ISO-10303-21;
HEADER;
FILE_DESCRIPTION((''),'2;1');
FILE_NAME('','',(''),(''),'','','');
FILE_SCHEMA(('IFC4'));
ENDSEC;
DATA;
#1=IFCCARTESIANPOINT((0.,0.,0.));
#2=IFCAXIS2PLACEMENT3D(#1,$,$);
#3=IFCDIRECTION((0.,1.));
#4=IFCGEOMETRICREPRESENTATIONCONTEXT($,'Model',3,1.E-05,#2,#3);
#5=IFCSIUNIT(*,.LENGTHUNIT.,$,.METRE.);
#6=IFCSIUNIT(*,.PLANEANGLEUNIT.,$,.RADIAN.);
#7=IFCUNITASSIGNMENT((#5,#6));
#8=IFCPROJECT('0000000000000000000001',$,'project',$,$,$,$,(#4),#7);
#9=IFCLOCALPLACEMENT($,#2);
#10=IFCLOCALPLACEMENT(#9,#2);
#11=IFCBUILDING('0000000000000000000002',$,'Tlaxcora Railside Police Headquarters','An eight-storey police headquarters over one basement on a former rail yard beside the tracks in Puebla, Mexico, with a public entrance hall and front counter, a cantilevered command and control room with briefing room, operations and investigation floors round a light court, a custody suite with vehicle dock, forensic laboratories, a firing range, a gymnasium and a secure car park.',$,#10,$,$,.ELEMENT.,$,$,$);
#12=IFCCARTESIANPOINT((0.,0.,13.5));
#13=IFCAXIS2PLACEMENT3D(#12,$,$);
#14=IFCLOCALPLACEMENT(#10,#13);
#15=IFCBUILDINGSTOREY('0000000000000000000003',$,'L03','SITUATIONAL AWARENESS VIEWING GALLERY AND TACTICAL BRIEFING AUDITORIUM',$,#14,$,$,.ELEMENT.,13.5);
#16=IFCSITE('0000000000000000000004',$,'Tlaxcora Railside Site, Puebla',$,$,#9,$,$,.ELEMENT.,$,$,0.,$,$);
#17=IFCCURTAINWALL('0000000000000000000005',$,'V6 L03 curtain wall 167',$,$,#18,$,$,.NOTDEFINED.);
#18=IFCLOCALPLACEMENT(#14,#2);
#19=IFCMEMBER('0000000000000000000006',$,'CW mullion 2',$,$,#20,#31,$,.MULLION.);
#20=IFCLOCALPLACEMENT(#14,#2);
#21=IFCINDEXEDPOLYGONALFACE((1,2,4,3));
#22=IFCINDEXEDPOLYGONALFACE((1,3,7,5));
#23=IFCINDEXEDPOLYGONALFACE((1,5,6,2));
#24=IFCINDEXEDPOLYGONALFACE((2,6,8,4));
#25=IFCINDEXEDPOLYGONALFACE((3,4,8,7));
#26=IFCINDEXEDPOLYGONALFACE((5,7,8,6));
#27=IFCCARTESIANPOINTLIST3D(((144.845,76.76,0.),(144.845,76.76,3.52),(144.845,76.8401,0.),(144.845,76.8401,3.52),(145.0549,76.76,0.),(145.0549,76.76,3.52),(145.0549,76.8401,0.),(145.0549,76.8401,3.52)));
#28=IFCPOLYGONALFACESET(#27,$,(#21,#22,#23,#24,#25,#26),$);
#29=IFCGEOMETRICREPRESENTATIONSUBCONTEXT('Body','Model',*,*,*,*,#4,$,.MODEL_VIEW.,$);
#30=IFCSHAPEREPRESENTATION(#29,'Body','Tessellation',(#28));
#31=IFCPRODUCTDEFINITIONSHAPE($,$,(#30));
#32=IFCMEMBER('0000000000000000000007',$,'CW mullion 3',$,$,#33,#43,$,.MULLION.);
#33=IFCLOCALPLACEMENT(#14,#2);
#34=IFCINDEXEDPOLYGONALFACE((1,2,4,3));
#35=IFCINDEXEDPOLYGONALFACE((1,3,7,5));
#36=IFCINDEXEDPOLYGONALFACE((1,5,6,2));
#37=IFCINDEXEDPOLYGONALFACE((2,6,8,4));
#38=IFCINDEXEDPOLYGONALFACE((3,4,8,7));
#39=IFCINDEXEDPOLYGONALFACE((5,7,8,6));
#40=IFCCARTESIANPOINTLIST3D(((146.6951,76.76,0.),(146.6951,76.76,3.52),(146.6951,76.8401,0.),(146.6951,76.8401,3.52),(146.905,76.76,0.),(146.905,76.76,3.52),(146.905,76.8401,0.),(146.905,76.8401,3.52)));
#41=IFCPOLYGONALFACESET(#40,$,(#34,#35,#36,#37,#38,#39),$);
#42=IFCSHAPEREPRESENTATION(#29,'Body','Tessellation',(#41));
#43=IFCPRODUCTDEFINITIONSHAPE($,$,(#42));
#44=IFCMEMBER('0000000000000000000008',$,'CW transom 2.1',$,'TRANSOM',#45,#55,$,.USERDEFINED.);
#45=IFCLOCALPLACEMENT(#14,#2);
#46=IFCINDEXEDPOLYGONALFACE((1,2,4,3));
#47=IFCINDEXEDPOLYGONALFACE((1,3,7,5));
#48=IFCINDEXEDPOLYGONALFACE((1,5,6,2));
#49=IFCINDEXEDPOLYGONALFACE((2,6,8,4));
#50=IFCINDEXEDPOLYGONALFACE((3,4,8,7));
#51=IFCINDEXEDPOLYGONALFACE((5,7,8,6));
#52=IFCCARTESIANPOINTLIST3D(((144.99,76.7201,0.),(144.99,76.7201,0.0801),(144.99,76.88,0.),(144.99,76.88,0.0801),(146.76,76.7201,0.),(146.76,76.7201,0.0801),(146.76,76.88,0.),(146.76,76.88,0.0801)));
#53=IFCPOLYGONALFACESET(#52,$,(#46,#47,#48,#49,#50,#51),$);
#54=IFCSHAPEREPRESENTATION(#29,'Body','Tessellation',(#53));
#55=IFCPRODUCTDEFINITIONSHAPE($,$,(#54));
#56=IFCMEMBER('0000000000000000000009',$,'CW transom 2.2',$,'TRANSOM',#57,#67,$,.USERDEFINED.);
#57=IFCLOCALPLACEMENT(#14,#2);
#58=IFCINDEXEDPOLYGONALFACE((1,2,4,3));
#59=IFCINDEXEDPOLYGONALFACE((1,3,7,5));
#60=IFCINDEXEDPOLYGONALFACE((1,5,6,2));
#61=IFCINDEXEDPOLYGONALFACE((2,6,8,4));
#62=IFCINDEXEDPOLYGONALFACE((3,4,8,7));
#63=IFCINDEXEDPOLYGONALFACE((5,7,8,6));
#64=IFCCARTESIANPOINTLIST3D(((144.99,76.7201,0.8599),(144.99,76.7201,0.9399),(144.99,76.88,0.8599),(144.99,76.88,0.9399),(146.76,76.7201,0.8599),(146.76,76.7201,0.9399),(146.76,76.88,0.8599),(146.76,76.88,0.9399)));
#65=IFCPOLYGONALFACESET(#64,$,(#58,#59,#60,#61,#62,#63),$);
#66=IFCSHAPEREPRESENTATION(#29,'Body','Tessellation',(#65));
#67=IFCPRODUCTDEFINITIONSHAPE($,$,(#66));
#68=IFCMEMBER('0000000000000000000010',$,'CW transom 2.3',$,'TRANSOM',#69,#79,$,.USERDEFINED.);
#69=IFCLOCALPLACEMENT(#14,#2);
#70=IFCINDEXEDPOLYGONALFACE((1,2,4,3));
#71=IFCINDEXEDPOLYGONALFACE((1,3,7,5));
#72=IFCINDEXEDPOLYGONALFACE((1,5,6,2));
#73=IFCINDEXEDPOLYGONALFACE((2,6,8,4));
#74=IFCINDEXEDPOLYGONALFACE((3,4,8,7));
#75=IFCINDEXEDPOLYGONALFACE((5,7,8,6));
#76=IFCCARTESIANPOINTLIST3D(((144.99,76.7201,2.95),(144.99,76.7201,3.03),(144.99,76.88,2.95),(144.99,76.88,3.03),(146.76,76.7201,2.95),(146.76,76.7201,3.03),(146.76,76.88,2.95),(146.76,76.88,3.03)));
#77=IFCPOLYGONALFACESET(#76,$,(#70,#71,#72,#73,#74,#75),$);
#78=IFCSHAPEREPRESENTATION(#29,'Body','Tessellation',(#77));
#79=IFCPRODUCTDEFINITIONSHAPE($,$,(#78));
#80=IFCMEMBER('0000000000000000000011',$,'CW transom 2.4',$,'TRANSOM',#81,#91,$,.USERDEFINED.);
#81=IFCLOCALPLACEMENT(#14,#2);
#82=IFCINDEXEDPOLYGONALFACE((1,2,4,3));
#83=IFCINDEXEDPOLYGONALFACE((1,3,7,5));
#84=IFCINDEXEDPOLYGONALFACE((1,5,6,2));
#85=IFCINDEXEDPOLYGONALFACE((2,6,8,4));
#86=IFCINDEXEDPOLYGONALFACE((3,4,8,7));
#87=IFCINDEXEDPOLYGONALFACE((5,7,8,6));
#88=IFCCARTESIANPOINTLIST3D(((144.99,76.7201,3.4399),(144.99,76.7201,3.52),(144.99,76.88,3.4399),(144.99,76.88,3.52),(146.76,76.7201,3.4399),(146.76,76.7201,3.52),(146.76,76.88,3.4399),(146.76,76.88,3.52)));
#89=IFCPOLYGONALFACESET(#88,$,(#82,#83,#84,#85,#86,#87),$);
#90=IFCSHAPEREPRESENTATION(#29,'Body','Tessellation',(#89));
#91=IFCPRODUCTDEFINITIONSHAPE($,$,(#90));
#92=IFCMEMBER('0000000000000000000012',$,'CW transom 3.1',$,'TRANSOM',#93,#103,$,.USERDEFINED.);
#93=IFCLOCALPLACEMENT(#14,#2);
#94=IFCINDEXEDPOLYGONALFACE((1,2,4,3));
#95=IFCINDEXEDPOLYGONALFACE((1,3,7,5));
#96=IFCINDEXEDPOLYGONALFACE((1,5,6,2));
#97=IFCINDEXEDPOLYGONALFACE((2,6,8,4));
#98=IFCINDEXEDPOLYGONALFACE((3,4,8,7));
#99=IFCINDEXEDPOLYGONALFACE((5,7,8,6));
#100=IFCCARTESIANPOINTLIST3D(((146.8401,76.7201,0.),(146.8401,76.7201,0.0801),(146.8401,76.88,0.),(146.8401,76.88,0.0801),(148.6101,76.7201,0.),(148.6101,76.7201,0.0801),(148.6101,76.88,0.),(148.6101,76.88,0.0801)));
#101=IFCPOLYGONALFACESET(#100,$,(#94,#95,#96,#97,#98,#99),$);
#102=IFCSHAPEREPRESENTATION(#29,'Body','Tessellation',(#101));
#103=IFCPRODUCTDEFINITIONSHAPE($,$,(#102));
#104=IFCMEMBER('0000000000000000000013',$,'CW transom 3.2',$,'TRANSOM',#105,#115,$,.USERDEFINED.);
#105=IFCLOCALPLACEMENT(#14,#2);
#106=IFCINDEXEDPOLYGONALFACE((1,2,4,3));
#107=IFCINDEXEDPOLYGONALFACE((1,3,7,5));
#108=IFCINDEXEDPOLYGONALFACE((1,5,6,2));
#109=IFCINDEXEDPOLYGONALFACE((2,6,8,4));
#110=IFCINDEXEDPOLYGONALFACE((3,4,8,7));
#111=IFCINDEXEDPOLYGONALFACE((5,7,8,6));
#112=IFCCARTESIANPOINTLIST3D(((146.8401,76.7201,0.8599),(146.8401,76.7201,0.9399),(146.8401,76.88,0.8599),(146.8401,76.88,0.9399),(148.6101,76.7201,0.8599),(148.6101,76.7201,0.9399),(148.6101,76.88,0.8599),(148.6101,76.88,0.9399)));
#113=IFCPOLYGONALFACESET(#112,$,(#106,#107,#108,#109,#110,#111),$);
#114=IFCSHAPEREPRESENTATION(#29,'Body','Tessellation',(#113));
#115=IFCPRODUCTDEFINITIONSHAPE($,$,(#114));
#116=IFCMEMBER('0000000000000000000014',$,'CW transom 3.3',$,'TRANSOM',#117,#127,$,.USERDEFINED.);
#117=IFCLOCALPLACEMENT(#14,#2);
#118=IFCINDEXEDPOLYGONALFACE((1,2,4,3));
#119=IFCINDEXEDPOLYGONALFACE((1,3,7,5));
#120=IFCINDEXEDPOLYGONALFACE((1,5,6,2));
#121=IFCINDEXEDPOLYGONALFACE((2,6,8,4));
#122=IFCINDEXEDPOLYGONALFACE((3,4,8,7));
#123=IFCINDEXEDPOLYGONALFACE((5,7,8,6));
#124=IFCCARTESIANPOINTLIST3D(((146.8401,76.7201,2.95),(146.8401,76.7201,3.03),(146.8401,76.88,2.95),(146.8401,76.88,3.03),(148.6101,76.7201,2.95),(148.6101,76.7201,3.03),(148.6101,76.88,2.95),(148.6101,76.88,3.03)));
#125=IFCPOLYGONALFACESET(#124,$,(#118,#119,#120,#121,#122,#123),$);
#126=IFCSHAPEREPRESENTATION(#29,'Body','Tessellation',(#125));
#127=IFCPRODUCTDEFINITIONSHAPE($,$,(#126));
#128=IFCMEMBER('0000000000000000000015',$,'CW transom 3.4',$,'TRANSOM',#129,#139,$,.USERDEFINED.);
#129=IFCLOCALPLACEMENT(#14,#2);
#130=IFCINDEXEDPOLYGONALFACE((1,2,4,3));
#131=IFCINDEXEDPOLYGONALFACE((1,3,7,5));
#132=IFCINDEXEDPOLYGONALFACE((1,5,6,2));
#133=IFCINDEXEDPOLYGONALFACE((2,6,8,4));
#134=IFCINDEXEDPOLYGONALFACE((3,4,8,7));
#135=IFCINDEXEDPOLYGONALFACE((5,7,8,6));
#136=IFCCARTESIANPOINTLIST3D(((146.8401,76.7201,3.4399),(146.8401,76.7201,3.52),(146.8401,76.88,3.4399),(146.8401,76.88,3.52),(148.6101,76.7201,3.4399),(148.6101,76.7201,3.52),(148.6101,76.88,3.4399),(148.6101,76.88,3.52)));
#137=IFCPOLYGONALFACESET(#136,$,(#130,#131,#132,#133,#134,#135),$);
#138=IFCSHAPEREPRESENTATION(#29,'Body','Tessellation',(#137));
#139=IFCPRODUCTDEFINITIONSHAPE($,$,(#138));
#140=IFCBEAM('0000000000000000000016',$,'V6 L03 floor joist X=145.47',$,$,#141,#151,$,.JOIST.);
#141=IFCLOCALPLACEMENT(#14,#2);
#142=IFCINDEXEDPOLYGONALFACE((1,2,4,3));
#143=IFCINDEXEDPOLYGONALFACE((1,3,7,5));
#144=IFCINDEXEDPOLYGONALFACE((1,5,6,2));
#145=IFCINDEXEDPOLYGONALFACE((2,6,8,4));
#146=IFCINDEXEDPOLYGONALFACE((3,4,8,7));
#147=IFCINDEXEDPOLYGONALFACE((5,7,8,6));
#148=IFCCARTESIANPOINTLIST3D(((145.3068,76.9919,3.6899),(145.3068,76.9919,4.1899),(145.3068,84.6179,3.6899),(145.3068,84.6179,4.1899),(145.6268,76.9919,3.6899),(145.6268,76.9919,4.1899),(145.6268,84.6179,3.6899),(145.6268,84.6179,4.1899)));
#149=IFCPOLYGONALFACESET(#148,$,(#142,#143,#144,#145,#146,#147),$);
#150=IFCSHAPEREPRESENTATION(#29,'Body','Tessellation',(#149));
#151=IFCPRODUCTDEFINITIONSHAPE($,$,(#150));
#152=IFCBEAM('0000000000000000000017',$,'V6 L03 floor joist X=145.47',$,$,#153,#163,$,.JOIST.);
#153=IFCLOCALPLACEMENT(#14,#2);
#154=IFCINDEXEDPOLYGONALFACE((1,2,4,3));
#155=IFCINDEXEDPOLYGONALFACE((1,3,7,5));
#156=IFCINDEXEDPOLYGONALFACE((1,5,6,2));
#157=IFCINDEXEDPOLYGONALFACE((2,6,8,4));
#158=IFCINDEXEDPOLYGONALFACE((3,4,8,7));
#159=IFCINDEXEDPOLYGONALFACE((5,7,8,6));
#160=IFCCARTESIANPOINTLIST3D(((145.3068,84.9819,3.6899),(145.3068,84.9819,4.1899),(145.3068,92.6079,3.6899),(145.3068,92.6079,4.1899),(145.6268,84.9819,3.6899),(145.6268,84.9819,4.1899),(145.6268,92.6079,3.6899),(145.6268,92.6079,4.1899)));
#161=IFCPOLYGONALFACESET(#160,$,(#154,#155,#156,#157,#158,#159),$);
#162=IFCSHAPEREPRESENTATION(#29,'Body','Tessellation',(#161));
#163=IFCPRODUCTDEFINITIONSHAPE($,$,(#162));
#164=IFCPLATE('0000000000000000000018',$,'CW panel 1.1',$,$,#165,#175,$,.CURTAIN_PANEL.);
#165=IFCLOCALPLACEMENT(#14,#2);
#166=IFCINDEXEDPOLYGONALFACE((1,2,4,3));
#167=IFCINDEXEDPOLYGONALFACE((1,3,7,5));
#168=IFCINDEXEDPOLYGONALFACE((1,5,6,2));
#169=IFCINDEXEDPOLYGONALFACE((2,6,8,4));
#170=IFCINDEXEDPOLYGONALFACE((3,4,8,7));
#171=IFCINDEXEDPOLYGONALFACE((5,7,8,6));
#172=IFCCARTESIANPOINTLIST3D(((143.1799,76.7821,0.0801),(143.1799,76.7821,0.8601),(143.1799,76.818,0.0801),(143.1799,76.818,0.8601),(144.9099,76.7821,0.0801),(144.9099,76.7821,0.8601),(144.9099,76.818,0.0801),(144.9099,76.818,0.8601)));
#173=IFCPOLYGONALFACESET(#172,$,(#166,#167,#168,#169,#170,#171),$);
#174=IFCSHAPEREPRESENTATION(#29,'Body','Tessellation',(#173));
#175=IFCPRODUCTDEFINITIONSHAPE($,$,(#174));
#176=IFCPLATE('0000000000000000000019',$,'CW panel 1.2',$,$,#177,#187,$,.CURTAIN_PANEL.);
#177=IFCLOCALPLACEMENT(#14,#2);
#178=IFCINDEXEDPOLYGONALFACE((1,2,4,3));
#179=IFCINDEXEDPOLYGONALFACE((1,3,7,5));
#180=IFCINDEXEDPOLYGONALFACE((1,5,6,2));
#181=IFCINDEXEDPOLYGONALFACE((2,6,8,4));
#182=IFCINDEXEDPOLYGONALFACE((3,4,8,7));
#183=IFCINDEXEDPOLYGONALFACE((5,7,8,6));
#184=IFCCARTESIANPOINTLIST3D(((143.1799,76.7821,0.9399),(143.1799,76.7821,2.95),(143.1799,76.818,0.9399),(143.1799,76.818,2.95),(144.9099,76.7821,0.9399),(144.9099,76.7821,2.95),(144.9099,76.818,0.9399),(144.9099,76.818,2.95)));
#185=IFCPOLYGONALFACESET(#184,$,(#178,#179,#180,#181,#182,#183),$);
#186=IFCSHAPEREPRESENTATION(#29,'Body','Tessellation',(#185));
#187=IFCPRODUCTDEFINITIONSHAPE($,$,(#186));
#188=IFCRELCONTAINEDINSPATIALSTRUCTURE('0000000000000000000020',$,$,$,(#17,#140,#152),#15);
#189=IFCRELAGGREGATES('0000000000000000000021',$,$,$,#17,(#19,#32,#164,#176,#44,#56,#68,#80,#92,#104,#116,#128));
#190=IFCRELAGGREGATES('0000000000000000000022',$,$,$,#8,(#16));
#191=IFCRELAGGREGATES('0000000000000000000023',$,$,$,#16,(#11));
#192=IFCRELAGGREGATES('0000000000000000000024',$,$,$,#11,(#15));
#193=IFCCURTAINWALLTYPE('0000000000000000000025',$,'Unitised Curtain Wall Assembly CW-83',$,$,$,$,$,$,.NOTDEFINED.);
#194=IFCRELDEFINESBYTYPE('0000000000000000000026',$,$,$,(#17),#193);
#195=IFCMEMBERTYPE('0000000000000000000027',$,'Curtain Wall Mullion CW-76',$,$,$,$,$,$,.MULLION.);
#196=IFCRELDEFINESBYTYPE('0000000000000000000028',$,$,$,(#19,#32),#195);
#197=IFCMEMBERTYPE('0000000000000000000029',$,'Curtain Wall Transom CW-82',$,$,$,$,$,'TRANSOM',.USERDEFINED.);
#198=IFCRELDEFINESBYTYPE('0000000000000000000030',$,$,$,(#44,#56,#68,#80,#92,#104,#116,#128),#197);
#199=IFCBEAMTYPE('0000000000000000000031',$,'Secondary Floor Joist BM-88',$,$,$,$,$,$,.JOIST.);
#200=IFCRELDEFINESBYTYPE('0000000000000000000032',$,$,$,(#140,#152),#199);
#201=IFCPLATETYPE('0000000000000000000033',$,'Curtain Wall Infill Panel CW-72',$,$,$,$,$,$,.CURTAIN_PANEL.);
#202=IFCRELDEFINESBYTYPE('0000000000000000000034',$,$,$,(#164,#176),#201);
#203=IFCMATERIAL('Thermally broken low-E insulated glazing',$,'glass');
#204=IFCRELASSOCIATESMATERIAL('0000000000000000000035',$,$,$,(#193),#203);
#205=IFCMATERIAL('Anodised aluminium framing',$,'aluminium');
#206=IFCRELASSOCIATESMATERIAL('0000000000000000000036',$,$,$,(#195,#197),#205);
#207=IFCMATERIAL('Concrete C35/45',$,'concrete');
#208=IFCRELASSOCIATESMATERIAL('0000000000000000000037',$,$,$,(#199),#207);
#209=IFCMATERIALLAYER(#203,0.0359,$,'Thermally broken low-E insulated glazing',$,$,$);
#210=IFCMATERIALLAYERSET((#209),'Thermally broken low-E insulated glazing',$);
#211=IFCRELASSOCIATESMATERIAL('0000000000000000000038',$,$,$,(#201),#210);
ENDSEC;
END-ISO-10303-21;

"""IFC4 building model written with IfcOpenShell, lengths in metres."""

from ifc_helpers import new_model, si_unit, direction, frame, origin, origin_2d, place, context, subcontext, project, spatial, rectangle, extrude, material, layer, layer_set, material_profile, profile_set, type_object, element, aggregate, save


model = new_model("IFC4")

# Units and contexts
model_context = context("Model", 3, precision=1e-05, world=origin(), true_north=direction((0.0, 1.0)))
body_context = subcontext(model_context, "Body", "Model", "MODEL_VIEW")
ifc_project = project(units=[si_unit("LENGTHUNIT", "METRE"), si_unit("PLANEANGLEUNIT", "RADIAN")], contexts=[model_context])

# Site, building, storey
site_placement = place(None, origin())
site = spatial("IfcSite", under=ifc_project, at=site_placement, Name="Tlaxcora Railside Site, Puebla", CompositionType="ELEMENT", RefElevation=0.0)
building_placement = place(site_placement, origin())
building = spatial("IfcBuilding", under=site, at=building_placement, Name="Tlaxcora Railside Police Headquarters", Description="An eight-storey police headquarters over one basement on a former rail yard beside the tracks in Puebla, Mexico, with a public entrance hall and front counter, a cantilevered command and control room with briefing room, operations and investigation floors round a light court, a custody suite with vehicle dock, forensic laboratories, a firing range, a gymnasium and a secure car park.", CompositionType="ELEMENT")
storey_placement = place(building_placement, frame((0.0, 0.0, 13.5)))
storey = spatial("IfcBuildingStorey", under=building, at=storey_placement, Name="L03", Description="SITUATIONAL AWARENESS VIEWING GALLERY AND TACTICAL BRIEFING AUDITORIUM", CompositionType="ELEMENT", Elevation=13.5)

# Curtain wall, members
ifc_material_1 = material(Name="Thermally broken low-E insulated glazing", Category="glass")
curtain_wall_type = type_object("IfcCurtainWallType", Name="Unitised Curtain Wall Assembly CW-83", PredefinedType="NOTDEFINED", material=ifc_material_1)
curtain_wall_placement = place(storey_placement, origin())
curtain_wall = element("IfcCurtainWall", 1, at=curtain_wall_placement, inside=storey, type_object=curtain_wall_type, Name="V6 L03 curtain wall 167", PredefinedType="NOTDEFINED")
ifc_material_2 = material(Name="Anodised aluminium framing", Category="aluminium")
ifc_material_profile_1 = material_profile(ifc_material_2, rectangle(XDim=0.0801, YDim=0.21, at=origin_2d()), Name="AL80X210")
ifc_profile_set_1 = profile_set([ifc_material_profile_1], Name="Anodised aluminium framing")
member_type_1 = type_object("IfcMemberType", Name="Curtain Wall Mullion CW-76", PredefinedType="MULLION", material=ifc_profile_set_1)
member_1_placement = place(storey_placement, frame((144.95, 76.8, 0.0), z_axis=(0.0, 0.0, 1.0), x_axis=(0.0, 1.0, 0.0)))
member_1 = element("IfcMember", 2, at=member_1_placement, type_object=member_type_1, Name="CW mullion 2", PredefinedType="MULLION", context=body_context, shape_type="SweptSolid", body=[
    extrude(rectangle(XDim=0.0801, YDim=0.21, at=origin_2d()), origin(), (0.0, 0.0, 1.0), 3.52),
])
member_2_placement = place(storey_placement, frame((146.8, 76.8, 0.0), z_axis=(0.0, 0.0, 1.0), x_axis=(0.0, 1.0, 0.0)))
member_2 = element("IfcMember", 3, at=member_2_placement, type_object=member_type_1, Name="CW mullion 3", PredefinedType="MULLION", context=body_context, shape_type="SweptSolid", body=[
    extrude(rectangle(XDim=0.0801, YDim=0.21, at=origin_2d()), origin(), (0.0, 0.0, 1.0), 3.52),
])
ifc_material_profile_2 = material_profile(ifc_material_2, rectangle(XDim=0.1599, YDim=0.0801, at=origin_2d()), Name="AL80X160")
ifc_profile_set_2 = profile_set([ifc_material_profile_2], Name="Anodised aluminium framing")
member_type_2 = type_object("IfcMemberType", Name="Curtain Wall Transom CW-82", ElementType="TRANSOM", PredefinedType="USERDEFINED", material=ifc_profile_set_2)
member_3_placement = place(storey_placement, frame((144.99, 76.8, 0.04), z_axis=(1.0, 0.0, 0.0), x_axis=(0.0, 1.0, 0.0)))
member_3 = element("IfcMember", 4, at=member_3_placement, type_object=member_type_2, Name="CW transom 2.1", ObjectType="TRANSOM", PredefinedType="USERDEFINED", context=body_context, shape_type="SweptSolid", body=[
    extrude(rectangle(XDim=0.1599, YDim=0.0801, at=origin_2d()), origin(), (0.0, 0.0, 1.0), 1.77),
])
member_4_placement = place(storey_placement, frame((144.99, 76.8, 0.8999), z_axis=(1.0, 0.0, 0.0), x_axis=(0.0, 1.0, 0.0)))
member_4 = element("IfcMember", 5, at=member_4_placement, type_object=member_type_2, Name="CW transom 2.2", ObjectType="TRANSOM", PredefinedType="USERDEFINED", context=body_context, shape_type="SweptSolid", body=[
    extrude(rectangle(XDim=0.1599, YDim=0.0801, at=origin_2d()), origin(), (0.0, 0.0, 1.0), 1.77),
])
member_5_placement = place(storey_placement, frame((144.99, 76.8, 2.99), z_axis=(1.0, 0.0, 0.0), x_axis=(0.0, 1.0, 0.0)))
member_5 = element("IfcMember", 6, at=member_5_placement, type_object=member_type_2, Name="CW transom 2.3", ObjectType="TRANSOM", PredefinedType="USERDEFINED", context=body_context, shape_type="SweptSolid", body=[
    extrude(rectangle(XDim=0.1599, YDim=0.0801, at=origin_2d()), origin(), (0.0, 0.0, 1.0), 1.77),
])
member_6_placement = place(storey_placement, frame((144.99, 76.8, 3.48), z_axis=(1.0, 0.0, 0.0), x_axis=(0.0, 1.0, 0.0)))
member_6 = element("IfcMember", 7, at=member_6_placement, type_object=member_type_2, Name="CW transom 2.4", ObjectType="TRANSOM", PredefinedType="USERDEFINED", context=body_context, shape_type="SweptSolid", body=[
    extrude(rectangle(XDim=0.1599, YDim=0.0801, at=origin_2d()), origin(), (0.0, 0.0, 1.0), 1.77),
])
member_7_placement = place(storey_placement, frame((146.8401, 76.8, 0.04), z_axis=(1.0, 0.0, 0.0), x_axis=(0.0, 1.0, 0.0)))
member_7 = element("IfcMember", 8, at=member_7_placement, type_object=member_type_2, Name="CW transom 3.1", ObjectType="TRANSOM", PredefinedType="USERDEFINED", context=body_context, shape_type="SweptSolid", body=[
    extrude(rectangle(XDim=0.1599, YDim=0.0801, at=origin_2d()), origin(), (0.0, 0.0, 1.0), 1.77),
])
member_8_placement = place(storey_placement, frame((146.8401, 76.8, 0.8999), z_axis=(1.0, 0.0, 0.0), x_axis=(0.0, 1.0, 0.0)))
member_8 = element("IfcMember", 9, at=member_8_placement, type_object=member_type_2, Name="CW transom 3.2", ObjectType="TRANSOM", PredefinedType="USERDEFINED", context=body_context, shape_type="SweptSolid", body=[
    extrude(rectangle(XDim=0.1599, YDim=0.0801, at=origin_2d()), origin(), (0.0, 0.0, 1.0), 1.77),
])
member_9_placement = place(storey_placement, frame((146.8401, 76.8, 2.99), z_axis=(1.0, 0.0, 0.0), x_axis=(0.0, 1.0, 0.0)))
member_9 = element("IfcMember", 10, at=member_9_placement, type_object=member_type_2, Name="CW transom 3.3", ObjectType="TRANSOM", PredefinedType="USERDEFINED", context=body_context, shape_type="SweptSolid", body=[
    extrude(rectangle(XDim=0.1599, YDim=0.0801, at=origin_2d()), origin(), (0.0, 0.0, 1.0), 1.77),
])
member_10_placement = place(storey_placement, frame((146.8401, 76.8, 3.48), z_axis=(1.0, 0.0, 0.0), x_axis=(0.0, 1.0, 0.0)))
member_10 = element("IfcMember", 11, at=member_10_placement, type_object=member_type_2, Name="CW transom 3.4", ObjectType="TRANSOM", PredefinedType="USERDEFINED", context=body_context, shape_type="SweptSolid", body=[
    extrude(rectangle(XDim=0.1599, YDim=0.0801, at=origin_2d()), origin(), (0.0, 0.0, 1.0), 1.77),
])

# Beams
ifc_material_3 = material(Name="Concrete C35/45", Category="concrete")
ifc_material_profile_3 = material_profile(ifc_material_3, rectangle(XDim=0.3201, YDim=0.5, at=origin_2d()), Name="RC320X500")
ifc_profile_set_3 = profile_set([ifc_material_profile_3], Name="Concrete C35/45")
beam_type = type_object("IfcBeamType", Name="Secondary Floor Joist BM-88", PredefinedType="JOIST", material=ifc_profile_set_3)
for number, where, z_axis, x_axis, name in (
    (12, (145.4668, 76.9919, 3.9399), (0.0, 1.0, 0.0), (-1.0, 0.0, 0.0), "V6 L03 floor joist X=145.47"),
    (13, (145.4668, 84.9819, 3.9399), (0.0, 1.0, 0.0), (-1.0, 0.0, 0.0), "V6 L03 floor joist X=145.47"),
):
    element("IfcBeam", number, at=place(storey_placement, frame(where, z_axis=z_axis, x_axis=x_axis)), inside=storey, type_object=beam_type, Name=name, PredefinedType="JOIST", context=body_context, shape_type="SweptSolid", body=[
        extrude(rectangle(XDim=0.3201, YDim=0.5, at=origin_2d()), origin(), (0.0, 0.0, 1.0), 7.626),
    ])

# Plates
ifc_layer = layer(ifc_material_1, 0.0359, Name="Thermally broken low-E insulated glazing")
ifc_layer_set = layer_set([ifc_layer], Name="Thermally broken low-E insulated glazing")
plate_type = type_object("IfcPlateType", Name="Curtain Wall Infill Panel CW-72", PredefinedType="CURTAIN_PANEL", material=ifc_layer_set)
plate_1_placement = place(storey_placement, frame((144.0449, 76.8, 0.0801), z_axis=(0.0, 0.0, 1.0), x_axis=(1.0, 0.0, 0.0)))
plate_1 = element("IfcPlate", 14, at=plate_1_placement, type_object=plate_type, Name="CW panel 1.1", PredefinedType="CURTAIN_PANEL", context=body_context, shape_type="SweptSolid", body=[
    extrude(rectangle(XDim=1.73, YDim=0.0359, at=origin_2d()), origin(), (0.0, 0.0, 1.0), 0.78),
])
plate_2_placement = place(storey_placement, frame((144.0449, 76.8, 0.9399), z_axis=(0.0, 0.0, 1.0), x_axis=(1.0, 0.0, 0.0)))
plate_2 = element("IfcPlate", 15, at=plate_2_placement, type_object=plate_type, Name="CW panel 1.2", PredefinedType="CURTAIN_PANEL", context=body_context, shape_type="SweptSolid", body=[
    extrude(rectangle(XDim=1.73, YDim=0.0359, at=origin_2d()), origin(), (0.0, 0.0, 1.0), 2.01),
])
aggregate(curtain_wall, [member_1, member_2, plate_1, plate_2, member_3, member_4, member_5, member_6, member_7, member_8, member_9, member_10])

save(model, "model.ifc")
